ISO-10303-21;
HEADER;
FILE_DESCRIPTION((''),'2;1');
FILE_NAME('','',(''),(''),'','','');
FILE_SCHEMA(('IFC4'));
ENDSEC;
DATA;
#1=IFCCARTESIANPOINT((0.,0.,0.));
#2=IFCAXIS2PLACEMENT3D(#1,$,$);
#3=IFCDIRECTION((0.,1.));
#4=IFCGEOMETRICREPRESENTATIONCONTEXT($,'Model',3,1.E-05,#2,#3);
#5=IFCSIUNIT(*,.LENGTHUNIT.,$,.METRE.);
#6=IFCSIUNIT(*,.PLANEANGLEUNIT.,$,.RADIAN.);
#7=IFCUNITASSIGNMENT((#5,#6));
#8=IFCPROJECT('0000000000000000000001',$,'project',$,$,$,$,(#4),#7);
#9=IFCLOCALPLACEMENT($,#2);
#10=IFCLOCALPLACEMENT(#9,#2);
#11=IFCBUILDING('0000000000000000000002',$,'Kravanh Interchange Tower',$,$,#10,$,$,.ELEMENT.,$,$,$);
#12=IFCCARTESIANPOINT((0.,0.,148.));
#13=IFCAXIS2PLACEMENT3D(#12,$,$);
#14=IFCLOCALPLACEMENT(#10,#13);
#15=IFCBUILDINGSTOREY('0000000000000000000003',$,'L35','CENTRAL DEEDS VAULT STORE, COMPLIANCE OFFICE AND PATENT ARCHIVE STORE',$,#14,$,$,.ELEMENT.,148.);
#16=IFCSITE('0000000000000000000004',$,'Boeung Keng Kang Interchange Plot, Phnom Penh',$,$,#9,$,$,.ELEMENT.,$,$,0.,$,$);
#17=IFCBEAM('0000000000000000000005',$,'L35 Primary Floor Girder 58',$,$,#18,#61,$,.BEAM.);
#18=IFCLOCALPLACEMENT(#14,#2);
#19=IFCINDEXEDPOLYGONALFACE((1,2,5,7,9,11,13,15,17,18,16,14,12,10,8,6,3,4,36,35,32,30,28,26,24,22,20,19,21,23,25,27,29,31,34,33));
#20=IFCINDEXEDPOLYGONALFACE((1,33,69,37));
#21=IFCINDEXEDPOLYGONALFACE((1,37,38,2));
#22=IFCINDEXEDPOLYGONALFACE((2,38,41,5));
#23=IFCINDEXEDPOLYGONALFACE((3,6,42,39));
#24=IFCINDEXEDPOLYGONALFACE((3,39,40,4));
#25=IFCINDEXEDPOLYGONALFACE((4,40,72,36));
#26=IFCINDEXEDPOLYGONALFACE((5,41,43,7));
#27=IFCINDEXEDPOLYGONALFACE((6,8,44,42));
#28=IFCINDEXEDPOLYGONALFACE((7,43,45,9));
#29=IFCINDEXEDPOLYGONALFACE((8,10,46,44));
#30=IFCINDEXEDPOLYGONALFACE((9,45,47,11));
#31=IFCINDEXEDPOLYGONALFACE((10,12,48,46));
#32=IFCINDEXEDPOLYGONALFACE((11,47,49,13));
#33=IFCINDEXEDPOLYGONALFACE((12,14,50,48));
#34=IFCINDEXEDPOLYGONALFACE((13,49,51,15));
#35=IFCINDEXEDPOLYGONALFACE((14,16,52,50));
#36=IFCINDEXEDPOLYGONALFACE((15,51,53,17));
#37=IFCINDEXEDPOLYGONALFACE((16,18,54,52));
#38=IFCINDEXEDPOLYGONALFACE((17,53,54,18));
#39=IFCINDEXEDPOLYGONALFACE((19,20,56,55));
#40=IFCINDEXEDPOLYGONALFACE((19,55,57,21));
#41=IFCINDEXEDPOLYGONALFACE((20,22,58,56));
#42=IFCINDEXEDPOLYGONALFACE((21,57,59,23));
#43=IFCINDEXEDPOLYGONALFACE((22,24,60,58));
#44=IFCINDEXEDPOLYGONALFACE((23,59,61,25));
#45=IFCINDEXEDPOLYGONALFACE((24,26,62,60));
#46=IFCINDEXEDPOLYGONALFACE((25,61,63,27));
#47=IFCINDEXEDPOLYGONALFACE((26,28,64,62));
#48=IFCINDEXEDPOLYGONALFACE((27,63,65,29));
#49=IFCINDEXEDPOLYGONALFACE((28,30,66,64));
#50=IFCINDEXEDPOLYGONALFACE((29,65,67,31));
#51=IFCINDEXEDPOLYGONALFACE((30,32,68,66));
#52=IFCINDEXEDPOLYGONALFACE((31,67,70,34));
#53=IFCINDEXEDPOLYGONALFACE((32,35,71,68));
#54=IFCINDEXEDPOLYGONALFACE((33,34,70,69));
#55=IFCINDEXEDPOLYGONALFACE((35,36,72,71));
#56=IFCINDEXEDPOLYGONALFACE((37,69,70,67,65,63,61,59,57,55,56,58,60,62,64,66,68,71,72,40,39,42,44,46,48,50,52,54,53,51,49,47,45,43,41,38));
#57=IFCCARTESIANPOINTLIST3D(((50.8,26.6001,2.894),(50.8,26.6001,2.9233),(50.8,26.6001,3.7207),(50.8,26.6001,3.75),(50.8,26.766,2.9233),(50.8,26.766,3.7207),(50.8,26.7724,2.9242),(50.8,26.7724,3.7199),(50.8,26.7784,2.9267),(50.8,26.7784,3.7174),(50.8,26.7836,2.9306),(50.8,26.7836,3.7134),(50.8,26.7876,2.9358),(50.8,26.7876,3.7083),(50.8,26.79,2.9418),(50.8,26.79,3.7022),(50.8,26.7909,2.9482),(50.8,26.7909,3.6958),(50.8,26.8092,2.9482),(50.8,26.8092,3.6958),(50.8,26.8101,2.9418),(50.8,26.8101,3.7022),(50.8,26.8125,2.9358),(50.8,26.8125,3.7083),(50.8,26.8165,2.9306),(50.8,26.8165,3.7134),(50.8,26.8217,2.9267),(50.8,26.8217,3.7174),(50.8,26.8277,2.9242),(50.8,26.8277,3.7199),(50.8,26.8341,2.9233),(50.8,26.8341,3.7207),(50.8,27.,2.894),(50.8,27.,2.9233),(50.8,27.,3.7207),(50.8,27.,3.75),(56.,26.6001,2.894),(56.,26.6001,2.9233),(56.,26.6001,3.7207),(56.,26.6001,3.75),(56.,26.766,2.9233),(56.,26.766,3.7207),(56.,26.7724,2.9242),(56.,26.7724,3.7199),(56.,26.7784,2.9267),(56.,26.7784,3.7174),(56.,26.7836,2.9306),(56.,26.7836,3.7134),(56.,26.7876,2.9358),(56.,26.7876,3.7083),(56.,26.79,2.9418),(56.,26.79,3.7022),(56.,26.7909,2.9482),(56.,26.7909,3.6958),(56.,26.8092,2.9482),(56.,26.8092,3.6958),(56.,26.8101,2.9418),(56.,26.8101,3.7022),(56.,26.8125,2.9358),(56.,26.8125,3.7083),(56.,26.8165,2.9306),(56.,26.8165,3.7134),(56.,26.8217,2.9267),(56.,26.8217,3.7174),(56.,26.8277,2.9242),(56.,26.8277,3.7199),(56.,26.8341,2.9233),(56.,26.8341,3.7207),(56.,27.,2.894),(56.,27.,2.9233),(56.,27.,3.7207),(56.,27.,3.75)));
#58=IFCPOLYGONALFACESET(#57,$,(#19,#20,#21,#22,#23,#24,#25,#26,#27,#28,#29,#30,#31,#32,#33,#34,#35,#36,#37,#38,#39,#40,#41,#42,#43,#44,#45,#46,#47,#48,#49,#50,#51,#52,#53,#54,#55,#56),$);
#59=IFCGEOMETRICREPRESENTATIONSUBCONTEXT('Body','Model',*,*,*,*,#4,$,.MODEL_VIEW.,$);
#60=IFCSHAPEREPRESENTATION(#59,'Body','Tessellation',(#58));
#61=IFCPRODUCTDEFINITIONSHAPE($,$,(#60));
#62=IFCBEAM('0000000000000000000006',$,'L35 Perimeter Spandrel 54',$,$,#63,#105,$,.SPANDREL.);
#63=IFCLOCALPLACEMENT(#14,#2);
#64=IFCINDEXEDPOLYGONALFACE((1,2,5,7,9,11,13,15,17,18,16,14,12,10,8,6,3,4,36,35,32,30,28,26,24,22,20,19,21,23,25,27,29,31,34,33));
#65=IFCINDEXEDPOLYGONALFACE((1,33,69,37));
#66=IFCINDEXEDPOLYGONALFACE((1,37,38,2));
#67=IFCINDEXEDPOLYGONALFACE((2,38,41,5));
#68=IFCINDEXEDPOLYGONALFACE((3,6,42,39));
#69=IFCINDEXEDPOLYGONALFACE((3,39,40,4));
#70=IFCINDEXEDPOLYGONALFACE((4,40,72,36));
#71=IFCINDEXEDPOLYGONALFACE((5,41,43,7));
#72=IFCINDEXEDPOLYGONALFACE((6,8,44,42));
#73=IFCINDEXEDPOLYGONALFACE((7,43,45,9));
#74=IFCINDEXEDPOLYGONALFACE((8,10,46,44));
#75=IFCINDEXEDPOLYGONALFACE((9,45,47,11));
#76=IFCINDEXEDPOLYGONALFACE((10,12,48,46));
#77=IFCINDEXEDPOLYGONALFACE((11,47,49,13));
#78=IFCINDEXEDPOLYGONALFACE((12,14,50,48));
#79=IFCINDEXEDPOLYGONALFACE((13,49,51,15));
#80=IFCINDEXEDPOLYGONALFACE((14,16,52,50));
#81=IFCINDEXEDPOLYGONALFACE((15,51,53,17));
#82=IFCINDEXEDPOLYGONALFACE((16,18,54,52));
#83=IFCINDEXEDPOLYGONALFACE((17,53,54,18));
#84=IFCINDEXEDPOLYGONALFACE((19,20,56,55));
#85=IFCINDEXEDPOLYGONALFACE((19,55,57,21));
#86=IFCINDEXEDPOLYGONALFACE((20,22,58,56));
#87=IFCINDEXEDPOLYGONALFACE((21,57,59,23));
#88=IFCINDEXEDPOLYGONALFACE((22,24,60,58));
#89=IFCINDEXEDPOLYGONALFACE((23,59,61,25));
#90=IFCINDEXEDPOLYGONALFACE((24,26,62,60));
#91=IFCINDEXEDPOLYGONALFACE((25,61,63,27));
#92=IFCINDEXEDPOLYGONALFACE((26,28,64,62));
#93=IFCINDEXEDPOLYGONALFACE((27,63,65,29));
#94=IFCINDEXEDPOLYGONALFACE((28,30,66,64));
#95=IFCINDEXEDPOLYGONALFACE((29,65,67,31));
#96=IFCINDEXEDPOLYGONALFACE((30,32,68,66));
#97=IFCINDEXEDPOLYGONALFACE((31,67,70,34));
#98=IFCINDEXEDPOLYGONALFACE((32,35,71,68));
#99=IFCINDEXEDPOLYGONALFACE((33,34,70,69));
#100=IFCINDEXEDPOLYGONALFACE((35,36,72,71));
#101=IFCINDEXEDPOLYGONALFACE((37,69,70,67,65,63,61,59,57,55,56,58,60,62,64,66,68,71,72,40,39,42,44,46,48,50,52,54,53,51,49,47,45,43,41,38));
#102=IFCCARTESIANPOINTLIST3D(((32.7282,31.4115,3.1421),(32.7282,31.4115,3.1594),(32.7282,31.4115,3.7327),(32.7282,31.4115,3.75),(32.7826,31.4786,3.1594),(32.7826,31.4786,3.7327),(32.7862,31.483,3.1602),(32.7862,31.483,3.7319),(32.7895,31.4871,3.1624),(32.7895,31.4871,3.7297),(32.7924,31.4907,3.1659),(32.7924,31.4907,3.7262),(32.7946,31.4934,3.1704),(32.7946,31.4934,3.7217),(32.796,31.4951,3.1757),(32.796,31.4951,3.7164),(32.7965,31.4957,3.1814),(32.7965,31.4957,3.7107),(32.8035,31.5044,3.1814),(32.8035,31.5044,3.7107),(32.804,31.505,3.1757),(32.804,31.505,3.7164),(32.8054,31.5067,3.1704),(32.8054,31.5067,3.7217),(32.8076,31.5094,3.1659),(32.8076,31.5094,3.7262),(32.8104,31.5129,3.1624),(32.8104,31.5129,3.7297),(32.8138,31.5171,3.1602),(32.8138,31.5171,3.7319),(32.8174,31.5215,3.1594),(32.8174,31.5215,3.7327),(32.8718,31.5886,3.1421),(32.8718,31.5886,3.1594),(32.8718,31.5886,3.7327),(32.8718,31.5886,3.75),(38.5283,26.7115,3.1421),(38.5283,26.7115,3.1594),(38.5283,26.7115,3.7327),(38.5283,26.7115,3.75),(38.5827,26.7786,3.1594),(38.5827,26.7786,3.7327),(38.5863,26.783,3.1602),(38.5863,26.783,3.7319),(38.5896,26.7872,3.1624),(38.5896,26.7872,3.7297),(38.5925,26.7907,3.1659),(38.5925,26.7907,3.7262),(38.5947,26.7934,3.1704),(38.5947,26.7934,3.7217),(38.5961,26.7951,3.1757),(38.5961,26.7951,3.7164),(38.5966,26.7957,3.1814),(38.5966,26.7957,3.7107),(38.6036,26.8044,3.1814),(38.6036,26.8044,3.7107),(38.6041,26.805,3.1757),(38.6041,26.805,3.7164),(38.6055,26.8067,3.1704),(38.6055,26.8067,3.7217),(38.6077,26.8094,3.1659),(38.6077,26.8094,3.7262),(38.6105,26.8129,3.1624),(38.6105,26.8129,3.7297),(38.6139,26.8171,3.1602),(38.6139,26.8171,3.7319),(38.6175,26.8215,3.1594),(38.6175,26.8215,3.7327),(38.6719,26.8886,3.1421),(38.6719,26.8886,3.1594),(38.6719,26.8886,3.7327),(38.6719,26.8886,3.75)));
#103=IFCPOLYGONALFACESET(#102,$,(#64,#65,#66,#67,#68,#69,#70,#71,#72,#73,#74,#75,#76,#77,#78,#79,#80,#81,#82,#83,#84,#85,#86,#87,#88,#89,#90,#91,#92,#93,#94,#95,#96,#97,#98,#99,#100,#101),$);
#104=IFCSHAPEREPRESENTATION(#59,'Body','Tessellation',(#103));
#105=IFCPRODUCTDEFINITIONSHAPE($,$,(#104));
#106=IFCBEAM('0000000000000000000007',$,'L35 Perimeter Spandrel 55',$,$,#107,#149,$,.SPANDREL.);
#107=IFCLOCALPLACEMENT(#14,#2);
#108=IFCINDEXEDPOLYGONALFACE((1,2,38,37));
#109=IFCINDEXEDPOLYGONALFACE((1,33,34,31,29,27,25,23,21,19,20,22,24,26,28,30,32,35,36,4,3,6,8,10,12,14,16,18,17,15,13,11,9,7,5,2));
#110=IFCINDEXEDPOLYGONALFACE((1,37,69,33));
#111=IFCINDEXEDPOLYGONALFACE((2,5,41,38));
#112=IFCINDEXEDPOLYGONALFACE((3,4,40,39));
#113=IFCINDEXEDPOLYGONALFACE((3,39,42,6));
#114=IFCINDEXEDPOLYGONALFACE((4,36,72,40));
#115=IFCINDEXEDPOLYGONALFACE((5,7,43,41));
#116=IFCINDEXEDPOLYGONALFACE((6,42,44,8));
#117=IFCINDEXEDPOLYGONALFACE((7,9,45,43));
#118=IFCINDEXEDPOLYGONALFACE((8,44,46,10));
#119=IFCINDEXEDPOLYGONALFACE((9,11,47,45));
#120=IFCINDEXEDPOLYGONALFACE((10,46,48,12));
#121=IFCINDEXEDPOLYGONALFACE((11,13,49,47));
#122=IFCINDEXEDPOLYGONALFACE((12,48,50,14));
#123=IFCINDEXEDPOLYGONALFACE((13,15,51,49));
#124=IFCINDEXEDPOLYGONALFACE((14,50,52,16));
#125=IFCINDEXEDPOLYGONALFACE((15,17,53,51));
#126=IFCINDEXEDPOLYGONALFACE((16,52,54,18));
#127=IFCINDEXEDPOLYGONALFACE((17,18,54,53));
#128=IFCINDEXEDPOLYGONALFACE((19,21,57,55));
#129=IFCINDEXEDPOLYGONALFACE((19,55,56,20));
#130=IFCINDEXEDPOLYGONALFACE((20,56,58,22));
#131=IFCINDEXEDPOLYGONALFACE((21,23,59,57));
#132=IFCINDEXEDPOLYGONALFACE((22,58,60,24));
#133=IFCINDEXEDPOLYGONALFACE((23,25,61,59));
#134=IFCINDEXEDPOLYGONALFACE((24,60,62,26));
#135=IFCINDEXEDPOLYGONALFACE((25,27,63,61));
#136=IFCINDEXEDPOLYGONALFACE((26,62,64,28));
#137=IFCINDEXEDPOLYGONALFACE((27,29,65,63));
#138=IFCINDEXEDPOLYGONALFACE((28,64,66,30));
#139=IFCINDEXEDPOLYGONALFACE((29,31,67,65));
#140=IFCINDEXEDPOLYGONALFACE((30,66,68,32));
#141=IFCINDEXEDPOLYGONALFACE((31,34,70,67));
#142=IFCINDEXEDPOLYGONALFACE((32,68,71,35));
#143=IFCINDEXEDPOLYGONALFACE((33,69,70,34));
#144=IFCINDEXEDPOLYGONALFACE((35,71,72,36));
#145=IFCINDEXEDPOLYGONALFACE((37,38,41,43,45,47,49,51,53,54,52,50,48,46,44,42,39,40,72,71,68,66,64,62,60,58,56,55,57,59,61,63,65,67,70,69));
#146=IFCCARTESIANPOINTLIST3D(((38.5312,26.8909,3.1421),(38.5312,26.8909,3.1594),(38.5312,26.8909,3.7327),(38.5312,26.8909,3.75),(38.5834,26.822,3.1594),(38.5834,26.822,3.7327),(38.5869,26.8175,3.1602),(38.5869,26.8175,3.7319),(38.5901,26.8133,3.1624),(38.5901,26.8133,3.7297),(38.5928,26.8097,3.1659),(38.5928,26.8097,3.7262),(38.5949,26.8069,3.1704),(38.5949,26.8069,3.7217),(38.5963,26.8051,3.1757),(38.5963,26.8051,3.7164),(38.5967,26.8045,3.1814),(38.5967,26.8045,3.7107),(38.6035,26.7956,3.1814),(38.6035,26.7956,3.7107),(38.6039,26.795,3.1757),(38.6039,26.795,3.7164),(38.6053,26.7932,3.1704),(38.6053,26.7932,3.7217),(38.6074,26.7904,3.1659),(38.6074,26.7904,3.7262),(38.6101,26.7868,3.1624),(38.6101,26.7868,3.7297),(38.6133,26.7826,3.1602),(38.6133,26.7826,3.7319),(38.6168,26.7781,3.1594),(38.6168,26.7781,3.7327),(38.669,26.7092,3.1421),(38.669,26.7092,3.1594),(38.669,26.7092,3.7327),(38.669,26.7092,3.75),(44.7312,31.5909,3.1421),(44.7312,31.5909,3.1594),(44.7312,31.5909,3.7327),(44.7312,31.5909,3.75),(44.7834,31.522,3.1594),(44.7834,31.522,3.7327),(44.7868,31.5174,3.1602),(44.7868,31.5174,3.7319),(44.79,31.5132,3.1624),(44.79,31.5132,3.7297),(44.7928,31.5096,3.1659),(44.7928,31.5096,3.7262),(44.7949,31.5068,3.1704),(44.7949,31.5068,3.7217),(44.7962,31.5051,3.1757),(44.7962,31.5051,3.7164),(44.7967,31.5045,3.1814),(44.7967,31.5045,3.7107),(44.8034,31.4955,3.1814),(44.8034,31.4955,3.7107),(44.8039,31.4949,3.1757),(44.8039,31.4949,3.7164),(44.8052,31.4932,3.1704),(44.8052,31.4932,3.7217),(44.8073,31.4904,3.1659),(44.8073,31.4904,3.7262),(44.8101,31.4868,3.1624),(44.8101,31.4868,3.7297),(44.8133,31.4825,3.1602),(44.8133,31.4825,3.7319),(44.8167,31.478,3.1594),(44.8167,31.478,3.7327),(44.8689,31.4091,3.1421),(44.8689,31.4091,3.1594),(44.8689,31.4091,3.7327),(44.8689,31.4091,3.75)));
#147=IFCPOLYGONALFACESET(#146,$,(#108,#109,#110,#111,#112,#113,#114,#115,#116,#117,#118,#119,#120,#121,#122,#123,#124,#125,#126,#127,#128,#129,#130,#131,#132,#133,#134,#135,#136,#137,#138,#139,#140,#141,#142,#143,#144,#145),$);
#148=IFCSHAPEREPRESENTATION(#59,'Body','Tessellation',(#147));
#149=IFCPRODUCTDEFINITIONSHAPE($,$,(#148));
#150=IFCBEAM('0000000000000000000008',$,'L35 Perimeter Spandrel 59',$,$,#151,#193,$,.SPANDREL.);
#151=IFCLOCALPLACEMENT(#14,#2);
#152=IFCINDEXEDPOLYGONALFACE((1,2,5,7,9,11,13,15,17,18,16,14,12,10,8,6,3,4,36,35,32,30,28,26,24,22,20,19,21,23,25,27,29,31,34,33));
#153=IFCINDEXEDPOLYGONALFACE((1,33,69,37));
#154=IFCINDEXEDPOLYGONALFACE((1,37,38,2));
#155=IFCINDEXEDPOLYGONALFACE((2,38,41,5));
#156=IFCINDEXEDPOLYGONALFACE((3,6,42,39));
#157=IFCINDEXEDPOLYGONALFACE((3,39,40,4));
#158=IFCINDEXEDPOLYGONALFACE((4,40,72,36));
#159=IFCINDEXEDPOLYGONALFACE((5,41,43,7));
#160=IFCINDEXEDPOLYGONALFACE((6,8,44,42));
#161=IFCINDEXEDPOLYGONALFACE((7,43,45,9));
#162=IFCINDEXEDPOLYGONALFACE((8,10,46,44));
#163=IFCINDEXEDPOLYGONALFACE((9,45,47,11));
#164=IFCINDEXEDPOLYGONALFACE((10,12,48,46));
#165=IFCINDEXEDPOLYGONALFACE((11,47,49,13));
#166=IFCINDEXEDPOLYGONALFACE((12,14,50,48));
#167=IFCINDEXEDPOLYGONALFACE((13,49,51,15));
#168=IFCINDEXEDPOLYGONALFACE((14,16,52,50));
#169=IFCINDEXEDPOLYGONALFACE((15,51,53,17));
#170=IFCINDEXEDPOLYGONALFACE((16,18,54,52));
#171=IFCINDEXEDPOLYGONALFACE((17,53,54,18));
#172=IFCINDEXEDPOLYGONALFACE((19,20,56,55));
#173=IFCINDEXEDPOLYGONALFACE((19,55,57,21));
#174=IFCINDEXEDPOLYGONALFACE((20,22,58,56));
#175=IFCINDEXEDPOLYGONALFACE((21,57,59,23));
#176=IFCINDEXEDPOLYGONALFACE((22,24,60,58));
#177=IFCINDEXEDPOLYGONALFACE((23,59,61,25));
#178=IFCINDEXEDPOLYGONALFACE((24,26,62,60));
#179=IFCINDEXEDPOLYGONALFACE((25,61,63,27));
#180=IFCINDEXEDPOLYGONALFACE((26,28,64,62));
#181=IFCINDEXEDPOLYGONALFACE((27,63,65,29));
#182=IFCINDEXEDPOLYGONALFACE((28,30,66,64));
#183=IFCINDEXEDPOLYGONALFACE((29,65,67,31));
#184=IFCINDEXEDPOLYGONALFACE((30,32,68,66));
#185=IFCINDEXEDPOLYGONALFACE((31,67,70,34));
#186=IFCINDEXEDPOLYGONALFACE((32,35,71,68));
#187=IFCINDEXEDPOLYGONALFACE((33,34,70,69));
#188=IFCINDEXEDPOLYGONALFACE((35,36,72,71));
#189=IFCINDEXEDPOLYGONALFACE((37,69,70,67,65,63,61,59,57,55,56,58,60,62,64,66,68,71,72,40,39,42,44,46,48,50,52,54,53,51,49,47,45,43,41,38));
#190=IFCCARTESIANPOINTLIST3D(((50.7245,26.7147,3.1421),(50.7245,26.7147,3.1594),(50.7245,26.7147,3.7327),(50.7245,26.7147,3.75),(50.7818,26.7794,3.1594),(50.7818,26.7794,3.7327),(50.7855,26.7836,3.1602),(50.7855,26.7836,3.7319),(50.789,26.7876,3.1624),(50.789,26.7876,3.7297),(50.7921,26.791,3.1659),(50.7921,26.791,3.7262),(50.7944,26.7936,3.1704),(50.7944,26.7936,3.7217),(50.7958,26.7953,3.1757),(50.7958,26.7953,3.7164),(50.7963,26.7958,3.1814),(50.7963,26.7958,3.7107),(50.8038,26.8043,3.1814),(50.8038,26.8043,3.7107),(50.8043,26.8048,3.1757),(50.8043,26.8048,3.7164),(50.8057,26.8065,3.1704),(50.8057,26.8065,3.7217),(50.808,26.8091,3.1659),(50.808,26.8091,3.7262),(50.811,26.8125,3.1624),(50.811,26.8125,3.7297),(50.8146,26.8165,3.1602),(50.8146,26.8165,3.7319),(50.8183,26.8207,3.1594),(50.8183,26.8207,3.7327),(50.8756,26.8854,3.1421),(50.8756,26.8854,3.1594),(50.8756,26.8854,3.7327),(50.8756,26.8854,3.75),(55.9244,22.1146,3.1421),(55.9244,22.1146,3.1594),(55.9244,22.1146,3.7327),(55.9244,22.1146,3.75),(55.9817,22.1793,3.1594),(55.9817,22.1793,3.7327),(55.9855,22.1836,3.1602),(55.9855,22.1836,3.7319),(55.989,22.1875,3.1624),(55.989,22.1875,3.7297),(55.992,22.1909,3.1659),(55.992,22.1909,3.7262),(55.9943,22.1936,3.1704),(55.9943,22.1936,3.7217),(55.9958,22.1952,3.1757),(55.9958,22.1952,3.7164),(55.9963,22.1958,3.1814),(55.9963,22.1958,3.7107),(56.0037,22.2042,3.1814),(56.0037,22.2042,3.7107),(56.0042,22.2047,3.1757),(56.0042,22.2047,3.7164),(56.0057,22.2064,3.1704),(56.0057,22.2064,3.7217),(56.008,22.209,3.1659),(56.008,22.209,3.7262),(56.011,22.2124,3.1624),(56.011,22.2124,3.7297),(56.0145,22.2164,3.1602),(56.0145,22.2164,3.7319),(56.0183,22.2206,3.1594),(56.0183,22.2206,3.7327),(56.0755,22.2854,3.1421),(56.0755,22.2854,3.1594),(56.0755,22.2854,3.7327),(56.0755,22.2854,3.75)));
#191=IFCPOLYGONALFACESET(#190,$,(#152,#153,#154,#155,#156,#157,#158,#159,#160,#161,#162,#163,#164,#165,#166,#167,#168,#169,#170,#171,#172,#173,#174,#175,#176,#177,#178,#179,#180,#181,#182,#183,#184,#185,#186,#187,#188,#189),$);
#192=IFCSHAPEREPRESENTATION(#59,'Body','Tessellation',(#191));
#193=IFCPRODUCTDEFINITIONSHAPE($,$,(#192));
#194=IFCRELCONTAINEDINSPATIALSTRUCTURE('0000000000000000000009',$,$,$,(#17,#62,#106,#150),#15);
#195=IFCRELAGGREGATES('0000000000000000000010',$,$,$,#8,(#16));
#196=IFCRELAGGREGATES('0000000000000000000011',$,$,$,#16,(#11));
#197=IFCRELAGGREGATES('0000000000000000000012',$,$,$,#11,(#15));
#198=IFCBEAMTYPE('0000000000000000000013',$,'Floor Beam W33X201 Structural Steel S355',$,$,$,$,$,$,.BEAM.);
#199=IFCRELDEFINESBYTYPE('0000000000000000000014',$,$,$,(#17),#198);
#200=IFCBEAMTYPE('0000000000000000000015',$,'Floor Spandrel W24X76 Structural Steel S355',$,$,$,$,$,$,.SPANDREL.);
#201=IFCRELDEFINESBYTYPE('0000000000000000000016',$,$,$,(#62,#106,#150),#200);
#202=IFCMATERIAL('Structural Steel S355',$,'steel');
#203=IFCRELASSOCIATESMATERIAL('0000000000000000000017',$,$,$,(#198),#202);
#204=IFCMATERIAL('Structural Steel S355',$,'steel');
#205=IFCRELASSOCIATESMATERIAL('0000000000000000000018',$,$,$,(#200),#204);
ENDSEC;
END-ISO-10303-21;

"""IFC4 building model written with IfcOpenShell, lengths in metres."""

from ifc_helpers import new_model, si_unit, direction, frame, origin, origin_2d, place, context, subcontext, project, spatial, i_section, extrude, material, material_profile, profile_set, type_object, element, save


model = new_model("IFC4")

# Units and contexts
model_context = context("Model", 3, precision=1e-05, world=origin(), true_north=direction((0.0, 1.0)))
body_context = subcontext(model_context, "Body", "Model", "MODEL_VIEW")
ifc_project = project(units=[si_unit("LENGTHUNIT", "METRE"), si_unit("PLANEANGLEUNIT", "RADIAN")], contexts=[model_context])

# Site, building, storey
site_placement = place(None, origin())
site = spatial("IfcSite", under=ifc_project, at=site_placement, Name="Boeung Keng Kang Interchange Plot, Phnom Penh", CompositionType="ELEMENT", RefElevation=0.0)
building_placement = place(site_placement, origin())
building = spatial("IfcBuilding", under=site, at=building_placement, Name="Kravanh Interchange Tower", CompositionType="ELEMENT")
storey_placement = place(building_placement, frame((0.0, 0.0, 148.0)))
storey = spatial("IfcBuildingStorey", under=building, at=storey_placement, Name="L35", Description="CENTRAL DEEDS VAULT STORE, COMPLIANCE OFFICE AND PATENT ARCHIVE STORE", CompositionType="ELEMENT", Elevation=148.0)

# Beams
ifc_material_1 = material(Name="Structural Steel S355", Category="steel")
ifc_material_profile_1 = material_profile(ifc_material_1, i_section(OverallWidth=0.3999, OverallDepth=0.856, WebThickness=0.0183, FlangeThickness=0.0293, FilletRadius=0.0249, at=origin_2d()), Name="W33X201")
ifc_profile_set_1 = profile_set([ifc_material_profile_1], Name="Structural Steel S355")
beam_type_1 = type_object("IfcBeamType", Name="Floor Beam W33X201 Structural Steel S355", PredefinedType="BEAM", material=ifc_profile_set_1)
beam_1_placement = place(storey_placement, frame((50.8, 26.8, 3.322), z_axis=(1.0, 0.0, 0.0), x_axis=(0.0, 1.0, 0.0)))
element("IfcBeam", 1, at=beam_1_placement, inside=storey, type_object=beam_type_1, Name="L35 Primary Floor Girder 58", PredefinedType="BEAM", context=body_context, shape_type="SweptSolid", body=[
    extrude(i_section(OverallWidth=0.3999, OverallDepth=0.856, WebThickness=0.0183, FlangeThickness=0.0293, FilletRadius=0.0249, at=origin_2d()), origin(), (0.0, 0.0, 1.0), 5.2),
])
ifc_material_2 = material(Name="Structural Steel S355", Category="steel")
ifc_material_profile_2 = material_profile(ifc_material_2, i_section(OverallWidth=0.228, OverallDepth=0.6079, WebThickness=0.0112, FlangeThickness=0.0173, FilletRadius=0.022, at=origin_2d()), Name="W24X76")
ifc_profile_set_2 = profile_set([ifc_material_profile_2], Name="Structural Steel S355")
beam_type_2 = type_object("IfcBeamType", Name="Floor Spandrel W24X76 Structural Steel S355", PredefinedType="SPANDREL", material=ifc_profile_set_2)
beam_2_placement = place(storey_placement, frame((38.6001, 26.8, 3.446), z_axis=(-0.776939, 0.629576, 0.0), x_axis=(-0.629576, -0.776939, 0.0)))
element("IfcBeam", 2, at=beam_2_placement, inside=storey, type_object=beam_type_2, Name="L35 Perimeter Spandrel 54", PredefinedType="SPANDREL", context=body_context, shape_type="SweptSolid", body=[
    extrude(i_section(OverallWidth=0.228, OverallDepth=0.6079, WebThickness=0.0112, FlangeThickness=0.0173, FilletRadius=0.022, at=origin_2d()), origin(), (0.0, 0.0, 1.0), 7.4653),
])
beam_3_placement = place(storey_placement, frame((38.6001, 26.8, 3.446), z_axis=(0.796905, 0.604104, 0.0), x_axis=(-0.604104, 0.796905, 0.0)))
element("IfcBeam", 3, at=beam_3_placement, inside=storey, type_object=beam_type_2, Name="L35 Perimeter Spandrel 55", PredefinedType="SPANDREL", context=body_context, shape_type="SweptSolid", body=[
    extrude(i_section(OverallWidth=0.228, OverallDepth=0.6079, WebThickness=0.0112, FlangeThickness=0.0173, FilletRadius=0.022, at=origin_2d()), origin(), (0.0, 0.0, 1.0), 7.78),
])
beam_4_placement = place(storey_placement, frame((50.8, 26.8, 3.446), z_axis=(0.748986, -0.662585, 0.0), x_axis=(0.662585, 0.748986, 0.0)))
element("IfcBeam", 4, at=beam_4_placement, inside=storey, type_object=beam_type_2, Name="L35 Perimeter Spandrel 59", PredefinedType="SPANDREL", context=body_context, shape_type="SweptSolid", body=[
    extrude(i_section(OverallWidth=0.228, OverallDepth=0.6079, WebThickness=0.0112, FlangeThickness=0.0173, FilletRadius=0.022, at=origin_2d()), origin(), (0.0, 0.0, 1.0), 6.9426),
])

save(model, "model.ifc")
